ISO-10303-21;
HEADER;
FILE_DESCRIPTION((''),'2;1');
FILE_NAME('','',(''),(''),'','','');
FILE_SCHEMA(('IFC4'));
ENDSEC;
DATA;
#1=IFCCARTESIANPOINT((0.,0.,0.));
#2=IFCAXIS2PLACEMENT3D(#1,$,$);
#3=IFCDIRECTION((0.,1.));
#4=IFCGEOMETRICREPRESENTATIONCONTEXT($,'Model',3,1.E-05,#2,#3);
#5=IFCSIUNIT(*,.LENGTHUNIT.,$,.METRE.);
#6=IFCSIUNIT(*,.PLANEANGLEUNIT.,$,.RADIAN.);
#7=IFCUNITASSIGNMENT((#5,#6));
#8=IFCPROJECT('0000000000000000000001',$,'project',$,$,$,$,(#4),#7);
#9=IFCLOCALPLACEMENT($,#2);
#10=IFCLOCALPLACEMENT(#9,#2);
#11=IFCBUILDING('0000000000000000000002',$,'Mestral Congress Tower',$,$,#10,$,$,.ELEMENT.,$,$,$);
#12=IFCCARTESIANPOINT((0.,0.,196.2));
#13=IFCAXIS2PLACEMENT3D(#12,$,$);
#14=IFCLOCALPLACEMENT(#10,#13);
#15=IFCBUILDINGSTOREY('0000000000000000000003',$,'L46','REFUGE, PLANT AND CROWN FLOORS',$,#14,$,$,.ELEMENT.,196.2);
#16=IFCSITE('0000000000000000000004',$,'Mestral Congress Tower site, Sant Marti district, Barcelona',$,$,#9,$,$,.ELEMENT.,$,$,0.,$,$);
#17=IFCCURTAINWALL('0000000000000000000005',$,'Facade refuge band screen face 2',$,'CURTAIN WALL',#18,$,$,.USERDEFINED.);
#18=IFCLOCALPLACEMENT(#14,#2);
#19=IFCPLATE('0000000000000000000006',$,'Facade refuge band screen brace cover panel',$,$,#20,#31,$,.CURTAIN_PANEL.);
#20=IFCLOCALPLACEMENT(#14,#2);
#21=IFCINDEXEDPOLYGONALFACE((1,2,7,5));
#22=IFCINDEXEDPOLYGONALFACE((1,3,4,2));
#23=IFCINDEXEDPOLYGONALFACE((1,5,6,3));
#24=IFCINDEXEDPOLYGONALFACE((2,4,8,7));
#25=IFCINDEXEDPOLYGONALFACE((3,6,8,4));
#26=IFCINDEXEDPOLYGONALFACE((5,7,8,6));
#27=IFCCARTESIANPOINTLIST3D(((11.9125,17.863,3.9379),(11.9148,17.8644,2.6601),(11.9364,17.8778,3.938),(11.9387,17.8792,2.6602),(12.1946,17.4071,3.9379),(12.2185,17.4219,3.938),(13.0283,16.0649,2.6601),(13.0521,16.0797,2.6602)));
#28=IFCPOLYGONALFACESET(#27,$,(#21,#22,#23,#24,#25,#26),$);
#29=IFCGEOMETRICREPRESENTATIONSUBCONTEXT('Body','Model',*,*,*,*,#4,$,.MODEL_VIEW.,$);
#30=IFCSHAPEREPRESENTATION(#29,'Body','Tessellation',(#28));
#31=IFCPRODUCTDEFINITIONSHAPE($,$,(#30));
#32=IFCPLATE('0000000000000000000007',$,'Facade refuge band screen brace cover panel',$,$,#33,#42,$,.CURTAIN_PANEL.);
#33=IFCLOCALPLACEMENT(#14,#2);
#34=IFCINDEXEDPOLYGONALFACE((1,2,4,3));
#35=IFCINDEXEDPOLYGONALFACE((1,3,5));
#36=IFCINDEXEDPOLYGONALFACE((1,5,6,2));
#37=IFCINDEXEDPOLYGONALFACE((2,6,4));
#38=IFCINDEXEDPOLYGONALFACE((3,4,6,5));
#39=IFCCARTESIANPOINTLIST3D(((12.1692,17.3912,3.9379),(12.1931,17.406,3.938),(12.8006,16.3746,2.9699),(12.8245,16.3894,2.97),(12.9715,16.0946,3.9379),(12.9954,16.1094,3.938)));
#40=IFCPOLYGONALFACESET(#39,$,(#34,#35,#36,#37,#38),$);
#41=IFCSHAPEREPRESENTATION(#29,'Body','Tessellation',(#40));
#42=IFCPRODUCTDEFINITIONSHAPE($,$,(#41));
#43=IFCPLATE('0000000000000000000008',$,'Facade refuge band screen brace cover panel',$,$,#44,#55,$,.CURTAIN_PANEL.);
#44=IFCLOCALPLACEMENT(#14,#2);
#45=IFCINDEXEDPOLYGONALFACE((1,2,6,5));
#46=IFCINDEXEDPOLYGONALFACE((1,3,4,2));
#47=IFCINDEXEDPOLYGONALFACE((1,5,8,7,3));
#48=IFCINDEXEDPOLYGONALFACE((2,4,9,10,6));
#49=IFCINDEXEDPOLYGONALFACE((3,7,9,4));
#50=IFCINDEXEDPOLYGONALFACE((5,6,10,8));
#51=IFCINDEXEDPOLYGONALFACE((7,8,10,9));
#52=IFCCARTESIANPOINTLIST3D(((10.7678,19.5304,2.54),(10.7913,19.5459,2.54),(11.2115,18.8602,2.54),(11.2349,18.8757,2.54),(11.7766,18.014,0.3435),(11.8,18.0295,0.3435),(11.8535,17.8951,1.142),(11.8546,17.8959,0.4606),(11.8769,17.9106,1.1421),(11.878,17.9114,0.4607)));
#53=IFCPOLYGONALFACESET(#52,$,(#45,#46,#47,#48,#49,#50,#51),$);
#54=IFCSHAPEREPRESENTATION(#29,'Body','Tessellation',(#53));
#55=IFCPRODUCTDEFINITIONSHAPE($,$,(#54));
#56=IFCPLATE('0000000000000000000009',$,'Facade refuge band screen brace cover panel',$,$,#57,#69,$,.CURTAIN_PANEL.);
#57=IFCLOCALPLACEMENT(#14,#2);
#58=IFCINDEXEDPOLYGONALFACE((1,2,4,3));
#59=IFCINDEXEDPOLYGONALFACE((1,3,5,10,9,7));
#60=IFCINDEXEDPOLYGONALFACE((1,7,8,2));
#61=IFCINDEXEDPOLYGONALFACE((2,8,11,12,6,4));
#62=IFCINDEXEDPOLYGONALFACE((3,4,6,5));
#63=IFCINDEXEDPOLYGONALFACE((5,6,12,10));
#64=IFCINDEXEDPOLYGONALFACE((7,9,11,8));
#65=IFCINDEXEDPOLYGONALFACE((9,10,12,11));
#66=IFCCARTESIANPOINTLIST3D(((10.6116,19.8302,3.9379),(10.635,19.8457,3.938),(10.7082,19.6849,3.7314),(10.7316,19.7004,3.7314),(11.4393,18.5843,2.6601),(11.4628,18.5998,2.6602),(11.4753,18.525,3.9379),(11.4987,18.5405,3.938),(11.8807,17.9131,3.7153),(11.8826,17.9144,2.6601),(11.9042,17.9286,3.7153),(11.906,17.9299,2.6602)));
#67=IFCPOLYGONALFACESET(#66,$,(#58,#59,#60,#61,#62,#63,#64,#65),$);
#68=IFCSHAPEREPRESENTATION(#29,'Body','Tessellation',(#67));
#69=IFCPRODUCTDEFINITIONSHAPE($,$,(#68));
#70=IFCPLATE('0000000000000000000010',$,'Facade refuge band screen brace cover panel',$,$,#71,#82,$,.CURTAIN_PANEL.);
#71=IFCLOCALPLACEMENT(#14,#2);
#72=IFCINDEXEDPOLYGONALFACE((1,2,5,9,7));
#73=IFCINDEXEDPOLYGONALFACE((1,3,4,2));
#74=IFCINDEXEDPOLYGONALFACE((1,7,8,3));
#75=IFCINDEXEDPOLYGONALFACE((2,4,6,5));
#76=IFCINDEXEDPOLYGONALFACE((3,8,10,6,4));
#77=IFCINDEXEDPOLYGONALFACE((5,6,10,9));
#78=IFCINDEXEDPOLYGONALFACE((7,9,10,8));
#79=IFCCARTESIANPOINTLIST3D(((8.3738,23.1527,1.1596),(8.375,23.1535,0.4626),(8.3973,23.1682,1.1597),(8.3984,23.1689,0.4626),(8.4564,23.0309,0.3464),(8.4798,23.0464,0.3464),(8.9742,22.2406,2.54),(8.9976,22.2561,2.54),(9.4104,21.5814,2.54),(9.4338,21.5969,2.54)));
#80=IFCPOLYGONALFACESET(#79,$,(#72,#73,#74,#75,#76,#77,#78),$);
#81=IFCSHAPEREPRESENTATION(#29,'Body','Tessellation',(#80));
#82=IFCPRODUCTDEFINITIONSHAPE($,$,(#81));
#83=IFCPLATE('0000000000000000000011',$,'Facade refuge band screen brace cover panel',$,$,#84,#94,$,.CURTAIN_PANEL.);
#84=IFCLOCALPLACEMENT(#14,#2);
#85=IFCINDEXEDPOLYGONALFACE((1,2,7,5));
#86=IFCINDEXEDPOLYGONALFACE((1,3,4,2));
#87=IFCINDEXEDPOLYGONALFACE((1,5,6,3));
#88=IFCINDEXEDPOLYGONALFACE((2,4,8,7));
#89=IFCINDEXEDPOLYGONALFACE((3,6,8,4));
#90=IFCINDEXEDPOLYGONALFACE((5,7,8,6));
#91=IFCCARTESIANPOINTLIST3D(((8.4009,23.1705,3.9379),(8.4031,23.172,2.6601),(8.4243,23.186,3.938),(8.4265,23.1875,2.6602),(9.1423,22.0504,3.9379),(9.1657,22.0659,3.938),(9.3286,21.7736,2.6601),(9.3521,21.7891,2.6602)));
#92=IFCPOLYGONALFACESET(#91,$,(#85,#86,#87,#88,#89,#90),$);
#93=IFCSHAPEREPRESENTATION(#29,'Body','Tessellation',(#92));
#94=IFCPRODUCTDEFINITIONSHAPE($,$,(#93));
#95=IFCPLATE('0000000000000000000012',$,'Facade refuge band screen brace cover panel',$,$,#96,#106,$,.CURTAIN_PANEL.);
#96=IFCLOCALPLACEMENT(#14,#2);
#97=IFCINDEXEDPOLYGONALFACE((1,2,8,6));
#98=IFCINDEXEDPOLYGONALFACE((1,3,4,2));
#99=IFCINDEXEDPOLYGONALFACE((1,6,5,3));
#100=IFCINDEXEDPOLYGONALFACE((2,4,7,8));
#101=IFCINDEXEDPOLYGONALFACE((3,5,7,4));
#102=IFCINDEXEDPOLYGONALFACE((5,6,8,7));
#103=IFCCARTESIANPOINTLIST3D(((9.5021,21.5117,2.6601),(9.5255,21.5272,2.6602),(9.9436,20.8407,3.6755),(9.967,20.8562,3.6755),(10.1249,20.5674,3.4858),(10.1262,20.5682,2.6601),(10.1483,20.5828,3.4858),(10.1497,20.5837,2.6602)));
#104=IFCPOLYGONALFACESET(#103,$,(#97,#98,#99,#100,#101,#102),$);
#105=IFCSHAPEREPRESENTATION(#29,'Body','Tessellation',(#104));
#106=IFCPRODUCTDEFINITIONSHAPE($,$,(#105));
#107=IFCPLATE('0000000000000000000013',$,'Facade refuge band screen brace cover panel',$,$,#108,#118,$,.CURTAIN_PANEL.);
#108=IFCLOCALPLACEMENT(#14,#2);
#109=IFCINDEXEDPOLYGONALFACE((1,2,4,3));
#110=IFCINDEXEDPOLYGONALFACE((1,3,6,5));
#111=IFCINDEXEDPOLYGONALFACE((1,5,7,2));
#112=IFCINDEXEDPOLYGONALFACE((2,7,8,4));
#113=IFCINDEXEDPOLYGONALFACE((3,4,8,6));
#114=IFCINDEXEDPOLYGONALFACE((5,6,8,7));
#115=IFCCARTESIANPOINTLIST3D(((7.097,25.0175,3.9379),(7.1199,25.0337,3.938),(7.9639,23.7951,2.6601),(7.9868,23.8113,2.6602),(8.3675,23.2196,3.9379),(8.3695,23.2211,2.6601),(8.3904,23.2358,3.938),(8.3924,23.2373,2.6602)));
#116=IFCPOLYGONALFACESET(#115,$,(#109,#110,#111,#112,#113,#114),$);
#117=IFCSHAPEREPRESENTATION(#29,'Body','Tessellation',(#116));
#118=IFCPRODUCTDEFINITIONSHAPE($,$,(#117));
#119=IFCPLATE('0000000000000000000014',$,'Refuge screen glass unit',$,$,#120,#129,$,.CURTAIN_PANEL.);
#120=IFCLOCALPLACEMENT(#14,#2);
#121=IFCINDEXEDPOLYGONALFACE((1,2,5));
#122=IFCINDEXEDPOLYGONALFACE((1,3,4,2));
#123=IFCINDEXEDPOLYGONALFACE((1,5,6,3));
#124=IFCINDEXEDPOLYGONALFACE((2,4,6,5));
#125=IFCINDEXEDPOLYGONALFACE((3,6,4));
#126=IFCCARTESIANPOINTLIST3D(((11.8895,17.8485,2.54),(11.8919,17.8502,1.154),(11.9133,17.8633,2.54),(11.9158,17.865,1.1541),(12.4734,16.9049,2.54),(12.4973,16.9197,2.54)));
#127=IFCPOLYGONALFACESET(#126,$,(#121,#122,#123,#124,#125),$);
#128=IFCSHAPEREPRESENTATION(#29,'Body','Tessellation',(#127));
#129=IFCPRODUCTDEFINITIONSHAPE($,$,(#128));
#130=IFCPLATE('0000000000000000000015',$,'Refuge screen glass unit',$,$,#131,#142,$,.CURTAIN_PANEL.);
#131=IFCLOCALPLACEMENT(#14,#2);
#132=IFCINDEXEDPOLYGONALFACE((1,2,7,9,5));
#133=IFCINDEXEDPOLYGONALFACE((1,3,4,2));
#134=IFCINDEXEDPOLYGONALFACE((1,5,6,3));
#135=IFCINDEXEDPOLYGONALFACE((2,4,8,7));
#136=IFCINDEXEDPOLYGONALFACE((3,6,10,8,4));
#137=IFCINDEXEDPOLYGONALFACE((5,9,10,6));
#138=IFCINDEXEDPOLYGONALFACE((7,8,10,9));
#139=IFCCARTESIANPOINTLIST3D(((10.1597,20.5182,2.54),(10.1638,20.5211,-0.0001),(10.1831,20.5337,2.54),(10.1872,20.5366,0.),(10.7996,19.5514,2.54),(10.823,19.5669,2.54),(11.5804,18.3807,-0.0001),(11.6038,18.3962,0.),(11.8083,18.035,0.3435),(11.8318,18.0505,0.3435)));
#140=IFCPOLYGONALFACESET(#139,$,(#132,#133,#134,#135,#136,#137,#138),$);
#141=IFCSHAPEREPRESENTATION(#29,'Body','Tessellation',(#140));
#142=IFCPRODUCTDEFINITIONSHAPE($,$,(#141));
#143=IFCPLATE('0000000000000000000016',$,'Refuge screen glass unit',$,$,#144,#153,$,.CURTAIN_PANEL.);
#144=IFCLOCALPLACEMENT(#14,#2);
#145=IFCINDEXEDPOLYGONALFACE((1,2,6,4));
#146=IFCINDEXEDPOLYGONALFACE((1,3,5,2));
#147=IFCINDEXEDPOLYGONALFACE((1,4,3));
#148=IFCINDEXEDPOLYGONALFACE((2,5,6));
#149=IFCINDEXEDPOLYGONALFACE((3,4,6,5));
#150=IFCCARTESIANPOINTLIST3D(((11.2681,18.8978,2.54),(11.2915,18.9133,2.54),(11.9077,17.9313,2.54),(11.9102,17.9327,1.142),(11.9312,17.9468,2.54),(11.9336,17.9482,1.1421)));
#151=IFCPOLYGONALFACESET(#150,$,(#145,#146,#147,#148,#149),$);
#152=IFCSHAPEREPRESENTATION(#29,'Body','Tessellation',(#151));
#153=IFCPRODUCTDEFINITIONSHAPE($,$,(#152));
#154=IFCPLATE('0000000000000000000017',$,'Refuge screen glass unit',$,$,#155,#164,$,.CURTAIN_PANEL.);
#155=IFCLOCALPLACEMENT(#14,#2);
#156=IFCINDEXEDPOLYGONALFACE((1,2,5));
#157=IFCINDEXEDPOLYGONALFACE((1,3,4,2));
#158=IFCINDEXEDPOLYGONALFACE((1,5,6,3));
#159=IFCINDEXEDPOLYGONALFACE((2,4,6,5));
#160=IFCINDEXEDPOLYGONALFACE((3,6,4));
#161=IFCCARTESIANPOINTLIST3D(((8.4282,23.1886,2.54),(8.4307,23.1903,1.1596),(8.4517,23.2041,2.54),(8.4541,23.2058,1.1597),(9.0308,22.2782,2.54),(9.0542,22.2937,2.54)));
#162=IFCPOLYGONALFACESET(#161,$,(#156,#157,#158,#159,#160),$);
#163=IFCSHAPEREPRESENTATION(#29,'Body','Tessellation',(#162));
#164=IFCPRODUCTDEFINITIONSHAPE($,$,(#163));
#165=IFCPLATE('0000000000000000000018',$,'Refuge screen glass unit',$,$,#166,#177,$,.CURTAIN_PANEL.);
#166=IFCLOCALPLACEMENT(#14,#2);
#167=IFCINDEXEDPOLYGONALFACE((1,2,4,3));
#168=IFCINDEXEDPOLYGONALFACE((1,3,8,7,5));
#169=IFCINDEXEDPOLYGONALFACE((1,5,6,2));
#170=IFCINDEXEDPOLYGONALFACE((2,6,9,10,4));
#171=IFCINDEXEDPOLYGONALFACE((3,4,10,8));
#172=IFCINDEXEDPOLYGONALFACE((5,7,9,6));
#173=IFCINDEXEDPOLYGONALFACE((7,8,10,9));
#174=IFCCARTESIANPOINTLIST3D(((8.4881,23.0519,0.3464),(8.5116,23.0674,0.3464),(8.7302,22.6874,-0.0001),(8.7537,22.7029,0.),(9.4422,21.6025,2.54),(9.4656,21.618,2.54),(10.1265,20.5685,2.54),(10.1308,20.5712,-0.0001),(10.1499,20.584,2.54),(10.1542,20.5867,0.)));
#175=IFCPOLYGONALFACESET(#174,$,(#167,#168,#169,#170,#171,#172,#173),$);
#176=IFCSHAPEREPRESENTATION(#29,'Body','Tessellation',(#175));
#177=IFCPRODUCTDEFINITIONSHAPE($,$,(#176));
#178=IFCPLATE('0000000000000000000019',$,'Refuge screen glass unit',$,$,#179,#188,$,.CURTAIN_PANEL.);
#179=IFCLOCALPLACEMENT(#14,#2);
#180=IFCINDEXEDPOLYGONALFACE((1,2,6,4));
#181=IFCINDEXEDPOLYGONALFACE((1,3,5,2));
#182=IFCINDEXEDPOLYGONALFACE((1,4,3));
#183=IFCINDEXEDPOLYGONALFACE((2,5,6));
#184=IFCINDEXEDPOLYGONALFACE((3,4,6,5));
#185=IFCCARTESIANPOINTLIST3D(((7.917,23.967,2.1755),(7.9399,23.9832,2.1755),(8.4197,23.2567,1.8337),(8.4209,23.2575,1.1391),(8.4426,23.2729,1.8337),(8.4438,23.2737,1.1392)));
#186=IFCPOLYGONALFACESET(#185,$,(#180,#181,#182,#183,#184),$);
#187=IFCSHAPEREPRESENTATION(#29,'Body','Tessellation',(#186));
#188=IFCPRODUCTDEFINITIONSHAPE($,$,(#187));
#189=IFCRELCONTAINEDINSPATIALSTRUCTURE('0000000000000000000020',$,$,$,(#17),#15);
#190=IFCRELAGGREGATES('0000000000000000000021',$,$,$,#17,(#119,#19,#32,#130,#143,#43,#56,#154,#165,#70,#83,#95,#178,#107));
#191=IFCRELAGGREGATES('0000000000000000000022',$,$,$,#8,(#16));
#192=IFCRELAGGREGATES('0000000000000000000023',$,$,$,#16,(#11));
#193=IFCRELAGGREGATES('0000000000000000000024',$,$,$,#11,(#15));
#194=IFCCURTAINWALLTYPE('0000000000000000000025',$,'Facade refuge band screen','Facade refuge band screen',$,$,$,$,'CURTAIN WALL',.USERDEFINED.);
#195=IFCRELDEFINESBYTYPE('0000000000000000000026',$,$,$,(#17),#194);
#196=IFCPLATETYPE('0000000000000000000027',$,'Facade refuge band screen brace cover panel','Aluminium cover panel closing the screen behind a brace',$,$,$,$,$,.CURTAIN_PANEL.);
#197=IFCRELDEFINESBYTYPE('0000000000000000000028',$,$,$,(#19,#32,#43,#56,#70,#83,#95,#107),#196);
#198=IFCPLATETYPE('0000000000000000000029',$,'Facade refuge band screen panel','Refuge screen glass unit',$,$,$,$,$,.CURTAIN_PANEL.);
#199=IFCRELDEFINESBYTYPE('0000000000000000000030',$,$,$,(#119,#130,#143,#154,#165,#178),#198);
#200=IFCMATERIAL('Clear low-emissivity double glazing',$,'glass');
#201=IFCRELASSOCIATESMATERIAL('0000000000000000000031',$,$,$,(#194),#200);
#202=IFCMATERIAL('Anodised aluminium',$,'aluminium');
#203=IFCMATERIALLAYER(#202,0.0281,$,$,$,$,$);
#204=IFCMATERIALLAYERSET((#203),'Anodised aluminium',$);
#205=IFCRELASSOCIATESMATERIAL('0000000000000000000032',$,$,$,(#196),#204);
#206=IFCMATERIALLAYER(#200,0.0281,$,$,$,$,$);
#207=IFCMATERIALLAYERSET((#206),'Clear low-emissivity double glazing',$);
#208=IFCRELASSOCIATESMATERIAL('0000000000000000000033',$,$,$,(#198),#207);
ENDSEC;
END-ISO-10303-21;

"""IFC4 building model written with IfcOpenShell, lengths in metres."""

from ifc_helpers import new_model, si_unit, direction, frame, origin, place, context, subcontext, project, spatial, polyline, outline, extrude, material, layer, layer_set, type_object, element, aggregate, save


model = new_model("IFC4")

# Units and contexts
model_context = context("Model", 3, precision=1e-05, world=origin(), true_north=direction((0.0, 1.0)))
body_context = subcontext(model_context, "Body", "Model", "MODEL_VIEW")
ifc_project = project(units=[si_unit("LENGTHUNIT", "METRE"), si_unit("PLANEANGLEUNIT", "RADIAN")], contexts=[model_context])

# Site, building, storey
site_placement = place(None, origin())
site = spatial("IfcSite", under=ifc_project, at=site_placement, Name="Mestral Congress Tower site, Sant Marti district, Barcelona", CompositionType="ELEMENT", RefElevation=0.0)
building_placement = place(site_placement, origin())
building = spatial("IfcBuilding", under=site, at=building_placement, Name="Mestral Congress Tower", CompositionType="ELEMENT")
storey_placement = place(building_placement, frame((0.0, 0.0, 196.2)))
storey = spatial("IfcBuildingStorey", under=building, at=storey_placement, Name="L46", Description="REFUGE, PLANT AND CROWN FLOORS", CompositionType="ELEMENT", Elevation=196.2)

# Curtain wall, plates
ifc_material_1 = material(Name="Clear low-emissivity double glazing", Category="glass")
curtain_wall_type = type_object("IfcCurtainWallType", Name="Facade refuge band screen", Description="Facade refuge band screen", ElementType="CURTAIN WALL", PredefinedType="USERDEFINED", material=ifc_material_1)
placement = place(storey_placement, origin())
curtain_wall = element("IfcCurtainWall", 1, at=placement, inside=storey, type_object=curtain_wall_type, Name="Facade refuge band screen face 2", ObjectType="CURTAIN WALL", PredefinedType="USERDEFINED")
ifc_material_2 = material(Name="Anodised aluminium", Category="aluminium")
ifc_layer_1 = layer(ifc_material_2, 0.0281)
ifc_layer_set_1 = layer_set([ifc_layer_1], Name="Anodised aluminium")
plate_type_1 = type_object("IfcPlateType", Name="Facade refuge band screen brace cover panel", Description="Aluminium cover panel closing the screen behind a brace", PredefinedType="CURTAIN_PANEL", material=ifc_layer_set_1)
plate_1_placement = place(storey_placement, frame((11.9387, 17.8792, 2.6602), z_axis=(0.850377, 0.52617, 0.002099), x_axis=(0.526171, -0.850379, 0.0)))
plate_1 = element("IfcPlate", 2, at=plate_1_placement, type_object=plate_type_1, Name="Facade refuge band screen brace cover panel", PredefinedType="CURTAIN_PANEL", context=body_context, shape_type="SweptSolid", body=[
    extrude(outline(polyline([(0.0, 0.0), (2.1161, 0.0), (0.5361, -1.2778), (0.0, -1.2778), (0.0, 0.0)])), origin(), (0.0, 0.0, -1.0), 0.0281),
])
plate_2_placement = place(storey_placement, frame((12.1931, 17.406, 3.938), z_axis=(0.85039, 0.52615, 0.002073), x_axis=(0.410179, -0.660474, -0.62891)))
plate_2 = element("IfcPlate", 3, at=plate_2_placement, type_object=plate_type_1, Name="Facade refuge band screen brace cover panel", PredefinedType="CURTAIN_PANEL", context=body_context, shape_type="SweptSolid", body=[
    extrude(outline(polyline([(0.0, 0.0), (1.5392, 0.0), (1.1855, -0.9589), (0.0, 0.0)])), origin(), (0.0, 0.0, -1.0), 0.0281),
])
plate_3_placement = place(storey_placement, frame((10.7913, 19.5459, 2.54), z_axis=(0.833861, 0.551972, 0.001906), x_axis=(0.353537, -0.531429, -0.769802)))
plate_3 = element("IfcPlate", 4, at=plate_3_placement, type_object=plate_type_1, Name="Facade refuge band screen brace cover panel", PredefinedType="CURTAIN_PANEL", context=body_context, shape_type="SweptSolid", body=[
    extrude(outline(polyline([(0.0, 0.0), (2.8534, 0.0), (2.8535, -0.1837), (2.329, -0.6187), (0.513, -0.6187), (0.0, 0.0)])), origin(), (0.0, 0.0, -1.0), 0.0281),
])
plate_4_placement = place(storey_placement, frame((11.906, 17.9299, 2.6602), z_axis=(0.833941, 0.551849, 0.002155), x_axis=(-0.001758, -0.001249, 0.999998)))
plate_4 = element("IfcPlate", 5, at=plate_4_placement, type_object=plate_type_1, Name="Facade refuge band screen brace cover panel", PredefinedType="CURTAIN_PANEL", context=body_context, shape_type="SweptSolid", body=[
    extrude(outline(polyline([(0.0, 0.0), (1.0552, 0.0), (1.2778, -0.734), (1.2777, -2.2991), (1.0711, -2.1246), (-0.0001, -0.8032), (0.0, 0.0)])), origin(), (0.0, 0.0, -1.0), 0.0281),
])
plate_5_placement = place(storey_placement, frame((8.3984, 23.1689, 0.4626), z_axis=(0.833925, 0.551874, 0.001976), x_axis=(0.434033, -0.653638, -0.619978)))
plate_5 = element("IfcPlate", 6, at=plate_5_placement, type_object=plate_type_1, Name="Facade refuge band screen brace cover panel", PredefinedType="CURTAIN_PANEL", context=body_context, shape_type="SweptSolid", body=[
    extrude(outline(polyline([(0.0, 0.0), (0.1874, 0.0), (0.189, -2.797), (-0.4312, -2.3069), (-0.4322, -0.5469), (0.0, 0.0)])), origin(), (0.0, 0.0, -1.0), 0.0281),
])
plate_6_placement = place(storey_placement, frame((8.4243, 23.186, 3.938), z_axis=(0.833885, 0.551935, 0.002023), x_axis=(0.001683, 0.001122, -0.999998)))
plate_6 = element("IfcPlate", 7, at=plate_6_placement, type_object=plate_type_1, Name="Facade refuge band screen brace cover panel", PredefinedType="CURTAIN_PANEL", context=body_context, shape_type="SweptSolid", body=[
    extrude(outline(polyline([(0.0, 0.0), (1.2778, 0.0), (1.2778, -1.677), (0.0, -1.3433), (0.0, 0.0)])), origin(), (0.0, 0.0, -1.0), 0.0281),
])
plate_7_placement = place(storey_placement, frame((10.1497, 20.5837, 2.6602), z_axis=(0.834011, 0.551744, 0.001946), x_axis=(-0.001619, -0.00108, 0.999998)))
plate_7 = element("IfcPlate", 8, at=plate_7_placement, type_object=plate_type_1, Name="Facade refuge band screen brace cover panel", PredefinedType="CURTAIN_PANEL", context=body_context, shape_type="SweptSolid", body=[
    extrude(outline(polyline([(0.0, 0.0), (0.8257, 0.0), (1.0154, -0.328), (0.0, -1.1312), (0.0, 0.0)])), origin(), (0.0, 0.0, -1.0), 0.0281),
])
plate_8_placement = place(storey_placement, frame((8.3904, 23.2358, 3.938), z_axis=(0.816675, 0.577095, 0.001958), x_axis=(-0.577096, 0.816677, 0.0)))
plate_8 = element("IfcPlate", 9, at=plate_8_placement, type_object=plate_type_1, Name="Facade refuge band screen brace cover panel", PredefinedType="CURTAIN_PANEL", context=body_context, shape_type="SweptSolid", body=[
    extrude(outline(polyline([(0.0, 0.0), (2.2015, 0.0), (0.7028, -1.2778), (0.0001, -1.2778), (0.0, 0.0)])), origin(), (0.0, 0.0, -1.0), 0.0281),
])
ifc_layer_2 = layer(ifc_material_1, 0.0281)
ifc_layer_set_2 = layer_set([ifc_layer_2], Name="Clear low-emissivity double glazing")
plate_type_2 = type_object("IfcPlateType", Name="Facade refuge band screen panel", Description="Refuge screen glass unit", PredefinedType="CURTAIN_PANEL", material=ifc_layer_set_2)
plate_9_placement = place(storey_placement, frame((11.9133, 17.8633, 2.54), z_axis=(0.850324, 0.526255, 0.002147), x_axis=(0.001761, 0.001233, -0.999998)))
plate_9 = element("IfcPlate", 10, at=plate_9_placement, type_object=plate_type_2, Name="Refuge screen glass unit", PredefinedType="CURTAIN_PANEL", context=body_context, shape_type="SweptSolid", body=[
    extrude(outline(polyline([(0.0, 0.0), (1.386, 0.0), (-0.0001, -1.1097), (0.0, 0.0)])), origin(), (0.0, 0.0, -1.0), 0.0281),
])
plate_10_placement = place(storey_placement, frame((10.1831, 20.5337, 2.54), z_axis=(0.833904, 0.551906, 0.001977), x_axis=(0.001616, 0.001141, -0.999998)))
plate_10 = element("IfcPlate", 11, at=plate_10_placement, type_object=plate_type_2, Name="Refuge screen glass unit", PredefinedType="CURTAIN_PANEL", context=body_context, shape_type="SweptSolid", body=[
    extrude(outline(polyline([(0.0, 0.0), (2.54, 0.0), (2.5399, -2.5667), (2.1964, -2.9808), (-0.0001, -1.1594), (0.0, 0.0)])), origin(), (0.0, 0.0, -1.0), 0.0281),
])
plate_11_placement = place(storey_placement, frame((11.9312, 17.9468, 2.54), z_axis=(0.833923, 0.551877, 0.002035), x_axis=(-0.551878, 0.833925, 0.0)))
plate_11 = element("IfcPlate", 12, at=plate_11_placement, type_object=plate_type_2, Name="Refuge screen glass unit", PredefinedType="CURTAIN_PANEL", context=body_context, shape_type="SweptSolid", body=[
    extrude(outline(polyline([(0.0, 0.0), (1.159, 0.0), (-0.0001, -1.398), (0.0, 0.0)])), origin(), (0.0, 0.0, -1.0), 0.0281),
])
plate_12_placement = place(storey_placement, frame((8.4517, 23.2041, 2.54), z_axis=(0.833902, 0.551909, 0.002158), x_axis=(0.001769, 0.001238, -0.999998)))
plate_12 = element("IfcPlate", 13, at=plate_12_placement, type_object=plate_type_2, Name="Refuge screen glass unit", PredefinedType="CURTAIN_PANEL", context=body_context, shape_type="SweptSolid", body=[
    extrude(outline(polyline([(0.0, 0.0), (1.3804, 0.0), (-0.0001, -1.0917), (0.0, 0.0)])), origin(), (0.0, 0.0, -1.0), 0.0281),
])
plate_13_placement = place(storey_placement, frame((8.7537, 22.7029, 0.0), z_axis=(0.833909, 0.551898, 0.001991), x_axis=(0.551899, -0.833911, 0.0)))
plate_13 = element("IfcPlate", 14, at=plate_13_placement, type_object=plate_type_2, Name="Refuge screen glass unit", PredefinedType="CURTAIN_PANEL", context=body_context, shape_type="SweptSolid", body=[
    extrude(outline(polyline([(0.0, 0.0), (2.5376, 0.0), (2.5376, -2.54), (1.2977, -2.54), (-0.4376, -0.3464), (0.0, 0.0)])), origin(), (0.0, 0.0, -1.0), 0.0281),
])
plate_14_placement = place(storey_placement, frame((8.4438, 23.2737, 1.1392), z_axis=(0.81669, 0.577073, 0.002044), x_axis=(-0.001757, -0.001054, 0.999998)))
plate_14 = element("IfcPlate", 15, at=plate_14_placement, type_object=plate_type_2, Name="Refuge screen glass unit", PredefinedType="CURTAIN_PANEL", context=body_context, shape_type="SweptSolid", body=[
    extrude(outline(polyline([(0.0, 0.0), (0.6946, 0.0), (1.0365, -0.8701), (0.0, 0.0)])), origin(), (0.0, 0.0, -1.0), 0.0281),
])
aggregate(curtain_wall, [plate_9, plate_1, plate_2, plate_10, plate_11, plate_3, plate_4, plate_12, plate_13, plate_5, plate_6, plate_7, plate_14, plate_8])

save(model, "model.ifc")
